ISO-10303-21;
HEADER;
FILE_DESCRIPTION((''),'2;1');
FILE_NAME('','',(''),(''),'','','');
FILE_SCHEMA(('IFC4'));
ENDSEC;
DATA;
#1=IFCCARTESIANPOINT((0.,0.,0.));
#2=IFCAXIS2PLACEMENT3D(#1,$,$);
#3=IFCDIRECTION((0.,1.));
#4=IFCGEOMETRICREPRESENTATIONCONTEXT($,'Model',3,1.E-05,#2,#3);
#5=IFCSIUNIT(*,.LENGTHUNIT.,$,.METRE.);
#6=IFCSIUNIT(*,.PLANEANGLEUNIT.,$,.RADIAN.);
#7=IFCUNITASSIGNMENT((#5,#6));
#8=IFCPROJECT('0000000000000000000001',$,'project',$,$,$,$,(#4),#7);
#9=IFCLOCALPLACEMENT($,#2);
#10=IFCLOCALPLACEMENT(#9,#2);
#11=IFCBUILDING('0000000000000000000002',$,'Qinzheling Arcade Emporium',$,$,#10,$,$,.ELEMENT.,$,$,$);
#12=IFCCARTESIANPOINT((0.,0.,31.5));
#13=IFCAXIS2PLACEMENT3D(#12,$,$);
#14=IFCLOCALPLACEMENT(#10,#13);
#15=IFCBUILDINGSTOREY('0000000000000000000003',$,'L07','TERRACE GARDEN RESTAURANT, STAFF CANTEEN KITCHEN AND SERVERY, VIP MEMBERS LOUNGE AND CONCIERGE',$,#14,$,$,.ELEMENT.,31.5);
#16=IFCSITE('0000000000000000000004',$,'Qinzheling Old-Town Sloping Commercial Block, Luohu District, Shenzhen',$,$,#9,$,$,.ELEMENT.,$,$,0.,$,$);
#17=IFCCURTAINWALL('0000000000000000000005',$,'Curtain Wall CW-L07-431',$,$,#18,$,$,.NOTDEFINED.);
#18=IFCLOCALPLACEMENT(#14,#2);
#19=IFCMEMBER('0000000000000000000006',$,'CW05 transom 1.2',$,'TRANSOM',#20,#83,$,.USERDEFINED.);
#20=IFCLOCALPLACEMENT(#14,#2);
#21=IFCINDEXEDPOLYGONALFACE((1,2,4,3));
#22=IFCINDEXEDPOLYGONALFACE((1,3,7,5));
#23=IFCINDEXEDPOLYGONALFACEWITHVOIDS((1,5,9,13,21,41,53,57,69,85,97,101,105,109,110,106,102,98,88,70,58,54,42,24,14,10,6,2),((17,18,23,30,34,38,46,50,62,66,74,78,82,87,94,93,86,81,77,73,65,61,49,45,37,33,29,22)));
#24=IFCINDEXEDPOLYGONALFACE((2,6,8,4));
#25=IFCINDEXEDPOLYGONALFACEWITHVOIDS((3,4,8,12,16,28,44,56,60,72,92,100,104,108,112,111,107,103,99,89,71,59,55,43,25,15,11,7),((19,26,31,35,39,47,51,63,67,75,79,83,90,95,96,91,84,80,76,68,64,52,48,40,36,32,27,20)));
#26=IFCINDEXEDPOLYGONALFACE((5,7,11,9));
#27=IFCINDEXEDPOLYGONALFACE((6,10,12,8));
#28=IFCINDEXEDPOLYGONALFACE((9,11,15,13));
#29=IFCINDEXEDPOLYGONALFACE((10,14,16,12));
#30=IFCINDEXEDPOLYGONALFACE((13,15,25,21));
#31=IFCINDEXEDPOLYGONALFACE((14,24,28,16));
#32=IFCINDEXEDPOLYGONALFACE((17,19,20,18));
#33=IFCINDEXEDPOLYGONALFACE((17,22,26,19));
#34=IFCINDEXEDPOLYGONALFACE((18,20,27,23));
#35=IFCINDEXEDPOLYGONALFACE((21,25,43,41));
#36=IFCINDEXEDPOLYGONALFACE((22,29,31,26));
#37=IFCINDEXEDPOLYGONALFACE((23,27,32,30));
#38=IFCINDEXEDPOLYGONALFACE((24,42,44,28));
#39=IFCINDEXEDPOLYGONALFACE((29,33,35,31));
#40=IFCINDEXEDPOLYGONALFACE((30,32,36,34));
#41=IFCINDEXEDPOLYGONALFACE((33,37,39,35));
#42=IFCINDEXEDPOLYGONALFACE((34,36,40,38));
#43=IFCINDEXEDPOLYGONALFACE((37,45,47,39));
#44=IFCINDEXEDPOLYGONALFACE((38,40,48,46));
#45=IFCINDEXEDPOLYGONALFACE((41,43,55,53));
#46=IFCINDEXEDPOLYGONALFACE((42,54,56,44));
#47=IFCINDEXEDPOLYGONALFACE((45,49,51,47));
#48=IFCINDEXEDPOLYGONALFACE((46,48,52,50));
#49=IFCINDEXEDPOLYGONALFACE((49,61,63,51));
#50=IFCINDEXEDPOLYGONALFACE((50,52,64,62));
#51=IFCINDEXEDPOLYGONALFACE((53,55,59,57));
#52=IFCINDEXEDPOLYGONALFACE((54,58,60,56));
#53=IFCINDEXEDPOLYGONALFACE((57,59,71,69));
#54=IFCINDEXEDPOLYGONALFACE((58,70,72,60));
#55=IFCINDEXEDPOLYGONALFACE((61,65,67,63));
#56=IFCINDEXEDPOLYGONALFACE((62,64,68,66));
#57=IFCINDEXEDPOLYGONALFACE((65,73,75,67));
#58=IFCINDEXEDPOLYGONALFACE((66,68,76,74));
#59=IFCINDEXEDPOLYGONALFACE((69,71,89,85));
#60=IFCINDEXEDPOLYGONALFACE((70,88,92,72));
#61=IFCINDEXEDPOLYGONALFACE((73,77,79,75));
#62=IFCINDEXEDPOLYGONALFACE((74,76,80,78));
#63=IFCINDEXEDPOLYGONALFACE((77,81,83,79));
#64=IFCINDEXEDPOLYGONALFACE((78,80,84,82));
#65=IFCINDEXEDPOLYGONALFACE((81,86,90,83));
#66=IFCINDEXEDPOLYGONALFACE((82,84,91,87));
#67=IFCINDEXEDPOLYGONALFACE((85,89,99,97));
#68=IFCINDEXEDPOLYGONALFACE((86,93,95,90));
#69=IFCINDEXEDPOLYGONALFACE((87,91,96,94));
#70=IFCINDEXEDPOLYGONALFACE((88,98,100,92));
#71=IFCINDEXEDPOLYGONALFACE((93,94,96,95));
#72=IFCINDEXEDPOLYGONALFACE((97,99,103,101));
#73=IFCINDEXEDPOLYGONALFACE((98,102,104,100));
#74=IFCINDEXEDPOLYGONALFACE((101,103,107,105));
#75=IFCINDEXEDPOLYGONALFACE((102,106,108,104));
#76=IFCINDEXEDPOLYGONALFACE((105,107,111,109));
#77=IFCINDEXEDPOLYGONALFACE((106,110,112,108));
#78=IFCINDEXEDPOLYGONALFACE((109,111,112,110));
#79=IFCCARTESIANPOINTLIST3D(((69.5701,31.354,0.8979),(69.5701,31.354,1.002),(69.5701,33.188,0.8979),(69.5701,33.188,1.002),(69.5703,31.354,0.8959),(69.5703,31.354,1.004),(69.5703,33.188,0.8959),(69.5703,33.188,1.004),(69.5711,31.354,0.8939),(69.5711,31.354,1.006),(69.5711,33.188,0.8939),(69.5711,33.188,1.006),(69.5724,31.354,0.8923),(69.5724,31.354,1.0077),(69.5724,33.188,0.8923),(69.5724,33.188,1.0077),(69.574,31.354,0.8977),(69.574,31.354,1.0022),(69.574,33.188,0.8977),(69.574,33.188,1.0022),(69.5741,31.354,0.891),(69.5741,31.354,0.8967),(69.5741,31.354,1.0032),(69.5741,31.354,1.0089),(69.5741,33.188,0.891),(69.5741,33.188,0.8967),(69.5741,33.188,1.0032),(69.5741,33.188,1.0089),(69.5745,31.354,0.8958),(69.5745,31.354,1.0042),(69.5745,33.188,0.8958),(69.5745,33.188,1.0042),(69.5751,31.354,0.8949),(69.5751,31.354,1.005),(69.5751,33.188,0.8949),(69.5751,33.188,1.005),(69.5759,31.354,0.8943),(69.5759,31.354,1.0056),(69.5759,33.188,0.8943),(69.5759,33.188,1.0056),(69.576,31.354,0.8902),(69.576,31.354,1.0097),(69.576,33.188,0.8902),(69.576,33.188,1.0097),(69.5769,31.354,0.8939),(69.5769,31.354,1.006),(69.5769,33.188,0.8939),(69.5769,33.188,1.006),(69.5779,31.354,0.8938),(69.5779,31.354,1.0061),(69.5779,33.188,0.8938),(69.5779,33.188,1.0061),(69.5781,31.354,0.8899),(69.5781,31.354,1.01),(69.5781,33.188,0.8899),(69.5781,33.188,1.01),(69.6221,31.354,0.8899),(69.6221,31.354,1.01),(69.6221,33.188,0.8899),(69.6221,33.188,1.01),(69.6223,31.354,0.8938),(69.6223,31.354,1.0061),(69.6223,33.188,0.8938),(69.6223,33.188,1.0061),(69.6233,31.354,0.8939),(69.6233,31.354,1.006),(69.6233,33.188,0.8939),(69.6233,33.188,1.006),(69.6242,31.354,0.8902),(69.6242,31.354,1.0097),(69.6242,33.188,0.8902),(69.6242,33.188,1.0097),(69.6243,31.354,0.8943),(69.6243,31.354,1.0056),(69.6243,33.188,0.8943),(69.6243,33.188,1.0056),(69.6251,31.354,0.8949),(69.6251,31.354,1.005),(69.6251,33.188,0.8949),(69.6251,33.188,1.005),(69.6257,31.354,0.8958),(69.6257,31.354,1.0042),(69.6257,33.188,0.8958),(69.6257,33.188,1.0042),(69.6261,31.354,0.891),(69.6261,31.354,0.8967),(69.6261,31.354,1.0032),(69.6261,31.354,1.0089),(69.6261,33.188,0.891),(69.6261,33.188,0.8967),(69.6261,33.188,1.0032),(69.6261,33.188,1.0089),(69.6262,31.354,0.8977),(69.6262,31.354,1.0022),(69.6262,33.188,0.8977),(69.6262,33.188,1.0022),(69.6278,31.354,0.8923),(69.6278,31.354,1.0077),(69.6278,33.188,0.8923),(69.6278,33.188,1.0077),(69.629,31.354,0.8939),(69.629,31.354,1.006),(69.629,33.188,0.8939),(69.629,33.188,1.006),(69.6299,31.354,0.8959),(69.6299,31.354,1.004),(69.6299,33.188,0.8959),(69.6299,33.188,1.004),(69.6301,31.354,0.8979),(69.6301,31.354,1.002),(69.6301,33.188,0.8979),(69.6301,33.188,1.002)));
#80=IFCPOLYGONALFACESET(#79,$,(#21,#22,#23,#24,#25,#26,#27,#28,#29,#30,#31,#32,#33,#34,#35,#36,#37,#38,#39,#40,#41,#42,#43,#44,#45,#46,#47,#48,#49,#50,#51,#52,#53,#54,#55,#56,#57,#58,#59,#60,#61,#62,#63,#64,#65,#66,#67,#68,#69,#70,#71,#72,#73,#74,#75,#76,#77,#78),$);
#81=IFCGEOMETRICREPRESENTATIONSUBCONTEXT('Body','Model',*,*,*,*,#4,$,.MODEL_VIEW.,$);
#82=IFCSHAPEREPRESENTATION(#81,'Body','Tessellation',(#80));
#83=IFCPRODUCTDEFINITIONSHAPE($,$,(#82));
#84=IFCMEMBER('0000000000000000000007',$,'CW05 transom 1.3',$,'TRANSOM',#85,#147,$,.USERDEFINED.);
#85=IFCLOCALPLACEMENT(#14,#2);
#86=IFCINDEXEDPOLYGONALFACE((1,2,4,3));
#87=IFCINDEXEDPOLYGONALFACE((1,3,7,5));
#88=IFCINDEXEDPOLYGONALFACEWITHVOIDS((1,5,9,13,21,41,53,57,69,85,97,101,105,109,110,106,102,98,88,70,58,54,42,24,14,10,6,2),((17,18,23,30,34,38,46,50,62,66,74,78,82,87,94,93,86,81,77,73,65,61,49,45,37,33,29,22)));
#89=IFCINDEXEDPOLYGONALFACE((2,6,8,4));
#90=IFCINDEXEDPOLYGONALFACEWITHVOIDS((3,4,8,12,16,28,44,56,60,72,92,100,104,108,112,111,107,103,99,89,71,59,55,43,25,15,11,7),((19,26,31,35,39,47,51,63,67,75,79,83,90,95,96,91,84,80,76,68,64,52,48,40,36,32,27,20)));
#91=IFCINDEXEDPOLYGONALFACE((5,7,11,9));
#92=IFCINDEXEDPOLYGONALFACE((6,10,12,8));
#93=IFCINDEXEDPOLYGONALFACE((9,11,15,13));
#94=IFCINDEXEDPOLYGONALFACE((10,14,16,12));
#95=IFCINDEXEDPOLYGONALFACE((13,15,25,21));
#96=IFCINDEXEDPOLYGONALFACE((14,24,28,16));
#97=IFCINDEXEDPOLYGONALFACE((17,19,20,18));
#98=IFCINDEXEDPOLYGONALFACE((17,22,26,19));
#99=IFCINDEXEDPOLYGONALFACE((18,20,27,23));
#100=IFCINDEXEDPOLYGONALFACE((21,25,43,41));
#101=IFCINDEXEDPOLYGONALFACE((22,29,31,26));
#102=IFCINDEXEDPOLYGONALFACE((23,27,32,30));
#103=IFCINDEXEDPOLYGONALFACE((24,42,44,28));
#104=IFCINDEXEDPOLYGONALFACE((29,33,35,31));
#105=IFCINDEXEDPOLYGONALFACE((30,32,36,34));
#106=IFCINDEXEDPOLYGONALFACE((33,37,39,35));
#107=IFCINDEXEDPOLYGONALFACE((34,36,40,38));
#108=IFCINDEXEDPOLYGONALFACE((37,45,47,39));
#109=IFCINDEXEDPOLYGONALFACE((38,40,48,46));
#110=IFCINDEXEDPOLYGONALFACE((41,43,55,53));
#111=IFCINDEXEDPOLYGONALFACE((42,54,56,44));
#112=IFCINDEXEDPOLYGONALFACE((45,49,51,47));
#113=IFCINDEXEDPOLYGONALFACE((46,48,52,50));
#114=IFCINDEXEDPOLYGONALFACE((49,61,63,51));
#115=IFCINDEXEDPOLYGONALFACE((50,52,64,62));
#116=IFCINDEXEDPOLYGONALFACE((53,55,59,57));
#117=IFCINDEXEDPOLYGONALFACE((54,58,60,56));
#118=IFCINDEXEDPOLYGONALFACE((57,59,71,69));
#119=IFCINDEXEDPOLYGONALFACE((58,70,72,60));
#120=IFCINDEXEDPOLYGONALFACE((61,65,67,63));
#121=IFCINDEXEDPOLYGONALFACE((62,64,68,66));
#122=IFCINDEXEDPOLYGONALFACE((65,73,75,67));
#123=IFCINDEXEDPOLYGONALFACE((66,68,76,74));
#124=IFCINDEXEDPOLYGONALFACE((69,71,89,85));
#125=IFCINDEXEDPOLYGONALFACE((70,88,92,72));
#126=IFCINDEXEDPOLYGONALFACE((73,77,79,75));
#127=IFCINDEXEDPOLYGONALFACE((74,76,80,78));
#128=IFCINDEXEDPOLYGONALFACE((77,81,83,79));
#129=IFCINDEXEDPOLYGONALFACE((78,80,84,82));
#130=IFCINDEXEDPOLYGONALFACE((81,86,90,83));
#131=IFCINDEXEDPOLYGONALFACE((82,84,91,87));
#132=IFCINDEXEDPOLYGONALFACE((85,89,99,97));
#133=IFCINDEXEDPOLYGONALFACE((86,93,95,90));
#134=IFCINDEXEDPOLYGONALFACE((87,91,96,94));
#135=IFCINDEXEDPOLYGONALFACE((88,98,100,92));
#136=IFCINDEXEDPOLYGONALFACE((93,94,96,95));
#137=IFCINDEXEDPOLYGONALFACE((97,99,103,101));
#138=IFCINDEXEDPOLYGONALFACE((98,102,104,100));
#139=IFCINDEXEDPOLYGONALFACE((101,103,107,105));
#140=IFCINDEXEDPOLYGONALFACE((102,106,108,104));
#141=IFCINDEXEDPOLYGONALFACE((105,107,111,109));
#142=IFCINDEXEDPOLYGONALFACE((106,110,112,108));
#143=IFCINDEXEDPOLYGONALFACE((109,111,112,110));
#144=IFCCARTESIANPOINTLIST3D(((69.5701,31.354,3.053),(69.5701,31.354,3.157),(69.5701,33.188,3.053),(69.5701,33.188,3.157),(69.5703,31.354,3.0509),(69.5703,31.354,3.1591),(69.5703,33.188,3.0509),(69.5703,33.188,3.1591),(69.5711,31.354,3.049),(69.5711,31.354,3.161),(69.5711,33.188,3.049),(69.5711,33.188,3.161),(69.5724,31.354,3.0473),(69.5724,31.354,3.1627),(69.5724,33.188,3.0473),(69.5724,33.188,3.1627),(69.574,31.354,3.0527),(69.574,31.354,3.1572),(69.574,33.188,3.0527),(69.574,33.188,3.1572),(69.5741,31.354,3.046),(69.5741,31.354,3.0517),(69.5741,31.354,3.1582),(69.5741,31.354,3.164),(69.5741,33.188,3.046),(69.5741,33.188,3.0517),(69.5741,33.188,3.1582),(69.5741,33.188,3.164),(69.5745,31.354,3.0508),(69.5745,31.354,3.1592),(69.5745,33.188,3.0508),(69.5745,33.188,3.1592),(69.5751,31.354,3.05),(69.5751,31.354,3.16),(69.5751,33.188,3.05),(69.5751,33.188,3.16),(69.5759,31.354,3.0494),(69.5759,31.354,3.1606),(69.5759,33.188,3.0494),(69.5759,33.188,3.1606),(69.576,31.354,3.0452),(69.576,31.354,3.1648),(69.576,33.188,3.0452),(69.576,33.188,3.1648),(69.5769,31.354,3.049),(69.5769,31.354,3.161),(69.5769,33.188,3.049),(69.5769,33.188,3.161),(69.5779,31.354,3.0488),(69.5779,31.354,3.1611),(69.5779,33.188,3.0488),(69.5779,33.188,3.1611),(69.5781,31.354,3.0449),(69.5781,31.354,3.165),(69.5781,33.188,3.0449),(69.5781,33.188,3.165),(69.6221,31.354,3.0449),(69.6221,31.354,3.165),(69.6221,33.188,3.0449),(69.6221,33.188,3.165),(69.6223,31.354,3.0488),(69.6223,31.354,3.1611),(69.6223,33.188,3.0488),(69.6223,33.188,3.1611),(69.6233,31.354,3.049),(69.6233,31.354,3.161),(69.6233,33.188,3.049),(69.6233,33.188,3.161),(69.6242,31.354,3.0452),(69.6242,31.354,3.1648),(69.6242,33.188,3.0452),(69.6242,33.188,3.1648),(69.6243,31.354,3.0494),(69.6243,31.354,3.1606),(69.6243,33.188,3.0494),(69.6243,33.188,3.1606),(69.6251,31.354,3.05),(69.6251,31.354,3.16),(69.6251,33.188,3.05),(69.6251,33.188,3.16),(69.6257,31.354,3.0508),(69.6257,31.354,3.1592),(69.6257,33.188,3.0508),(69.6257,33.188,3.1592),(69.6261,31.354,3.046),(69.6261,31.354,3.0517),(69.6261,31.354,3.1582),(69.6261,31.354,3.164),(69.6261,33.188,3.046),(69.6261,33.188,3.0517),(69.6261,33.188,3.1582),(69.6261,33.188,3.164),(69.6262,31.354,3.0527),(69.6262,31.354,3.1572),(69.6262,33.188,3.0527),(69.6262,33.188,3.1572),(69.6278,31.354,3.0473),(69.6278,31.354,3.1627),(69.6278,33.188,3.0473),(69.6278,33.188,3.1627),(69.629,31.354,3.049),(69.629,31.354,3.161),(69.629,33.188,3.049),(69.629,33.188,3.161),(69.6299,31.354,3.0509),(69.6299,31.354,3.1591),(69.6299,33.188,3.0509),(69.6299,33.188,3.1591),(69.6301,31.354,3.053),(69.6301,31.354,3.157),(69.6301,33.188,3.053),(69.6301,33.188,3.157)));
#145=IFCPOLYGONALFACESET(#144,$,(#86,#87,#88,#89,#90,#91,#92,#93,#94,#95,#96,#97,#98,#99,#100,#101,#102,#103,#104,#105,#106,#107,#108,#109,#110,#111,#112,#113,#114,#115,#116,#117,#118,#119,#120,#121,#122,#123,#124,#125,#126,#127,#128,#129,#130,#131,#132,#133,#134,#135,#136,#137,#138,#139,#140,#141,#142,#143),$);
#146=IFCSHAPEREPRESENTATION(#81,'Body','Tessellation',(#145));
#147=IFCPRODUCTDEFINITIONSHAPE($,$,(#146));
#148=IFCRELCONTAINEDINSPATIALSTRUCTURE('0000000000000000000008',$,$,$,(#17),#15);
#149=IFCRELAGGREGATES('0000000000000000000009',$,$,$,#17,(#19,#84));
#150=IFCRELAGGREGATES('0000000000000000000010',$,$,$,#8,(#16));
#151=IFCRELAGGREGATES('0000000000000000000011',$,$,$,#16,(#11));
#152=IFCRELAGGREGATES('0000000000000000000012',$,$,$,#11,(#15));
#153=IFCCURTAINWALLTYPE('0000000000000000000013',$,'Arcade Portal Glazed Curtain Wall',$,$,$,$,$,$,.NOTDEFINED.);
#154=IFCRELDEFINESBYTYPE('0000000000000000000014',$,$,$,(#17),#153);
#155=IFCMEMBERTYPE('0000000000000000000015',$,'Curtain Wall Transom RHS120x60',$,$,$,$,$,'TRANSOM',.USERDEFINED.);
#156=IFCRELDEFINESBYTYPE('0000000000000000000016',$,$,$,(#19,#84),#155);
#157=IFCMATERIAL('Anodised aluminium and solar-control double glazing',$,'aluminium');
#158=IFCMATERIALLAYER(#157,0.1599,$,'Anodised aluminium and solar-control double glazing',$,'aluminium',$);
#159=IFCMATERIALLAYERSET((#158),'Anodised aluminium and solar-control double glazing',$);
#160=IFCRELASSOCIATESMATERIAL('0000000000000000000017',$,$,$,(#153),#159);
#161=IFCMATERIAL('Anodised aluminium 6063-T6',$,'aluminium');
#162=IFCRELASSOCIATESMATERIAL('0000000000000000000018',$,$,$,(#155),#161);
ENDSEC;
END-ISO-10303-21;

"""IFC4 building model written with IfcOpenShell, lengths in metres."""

from ifc_helpers import new_model, si_unit, direction, frame, origin, origin_2d, place, context, subcontext, project, spatial, hollow_rectangle, extrude, material, layer, layer_set, material_profile, profile_set, type_object, element, aggregate, save


model = new_model("IFC4")

# Units and contexts
model_context = context("Model", 3, precision=1e-05, world=origin(), true_north=direction((0.0, 1.0)))
body_context = subcontext(model_context, "Body", "Model", "MODEL_VIEW")
ifc_project = project(units=[si_unit("LENGTHUNIT", "METRE"), si_unit("PLANEANGLEUNIT", "RADIAN")], contexts=[model_context])

# Site, building, storey
site_placement = place(None, origin())
site = spatial("IfcSite", under=ifc_project, at=site_placement, Name="Qinzheling Old-Town Sloping Commercial Block, Luohu District, Shenzhen", CompositionType="ELEMENT", RefElevation=0.0)
building_placement = place(site_placement, origin())
building = spatial("IfcBuilding", under=site, at=building_placement, Name="Qinzheling Arcade Emporium", CompositionType="ELEMENT")
storey_placement = place(building_placement, frame((0.0, 0.0, 31.5)))
storey = spatial("IfcBuildingStorey", under=building, at=storey_placement, Name="L07", Description="TERRACE GARDEN RESTAURANT, STAFF CANTEEN KITCHEN AND SERVERY, VIP MEMBERS LOUNGE AND CONCIERGE", CompositionType="ELEMENT", Elevation=31.5)

# Shared definitions
ifc_material_1 = material(Name="Anodised aluminium and solar-control double glazing", Category="aluminium")
ifc_material_2 = material(Name="Anodised aluminium 6063-T6", Category="aluminium")

# Curtain wall
ifc_layer_1 = layer(ifc_material_1, 0.1599, Name="Anodised aluminium and solar-control double glazing", Category="aluminium")
ifc_layer_set_1 = layer_set([ifc_layer_1], Name="Anodised aluminium and solar-control double glazing")
curtain_wall_type_1 = type_object("IfcCurtainWallType", Name="Arcade Portal Glazed Curtain Wall", PredefinedType="NOTDEFINED", material=ifc_layer_set_1)
curtain_wall_1_placement = place(storey_placement, origin())
curtain_wall_1 = element("IfcCurtainWall", 1, at=curtain_wall_1_placement, inside=storey, type_object=curtain_wall_type_1, Name="Curtain Wall CW-L07-431", PredefinedType="NOTDEFINED")

# Members
ifc_material_profile_1 = material_profile(ifc_material_2, hollow_rectangle(XDim=0.0601, YDim=0.1201, WallThickness=0.0039, InnerFilletRadius=0.0039, OuterFilletRadius=0.0081, at=origin_2d()), Name="RHS 120x60x4", Category="aluminium")
ifc_profile_set_1 = profile_set([ifc_material_profile_1], Name="Anodised aluminium 6063-T6")
member_type_1 = type_object("IfcMemberType", Name="Curtain Wall Transom RHS120x60", ElementType="TRANSOM", PredefinedType="USERDEFINED", material=ifc_profile_set_1)
member_1_placement = place(storey_placement, frame((69.6001, 33.188, 0.95), z_axis=(0.0, -1.0, 0.0), x_axis=(1.0, 0.0, 0.0)))
member_1 = element("IfcMember", 2, at=member_1_placement, type_object=member_type_1, Name="CW05 transom 1.2", ObjectType="TRANSOM", PredefinedType="USERDEFINED", context=body_context, shape_type="SweptSolid", body=[
    extrude(hollow_rectangle(XDim=0.0601, YDim=0.1201, WallThickness=0.0039, InnerFilletRadius=0.0039, OuterFilletRadius=0.0081, at=origin_2d()), origin(), (0.0, 0.0, 1.0), 1.834),
])
member_2_placement = place(storey_placement, frame((69.6001, 33.188, 3.105), z_axis=(0.0, -1.0, 0.0), x_axis=(1.0, 0.0, 0.0)))
member_2 = element("IfcMember", 3, at=member_2_placement, type_object=member_type_1, Name="CW05 transom 1.3", ObjectType="TRANSOM", PredefinedType="USERDEFINED", context=body_context, shape_type="SweptSolid", body=[
    extrude(hollow_rectangle(XDim=0.0601, YDim=0.1201, WallThickness=0.0039, InnerFilletRadius=0.0039, OuterFilletRadius=0.0081, at=origin_2d()), origin(), (0.0, 0.0, 1.0), 1.834),
])

aggregate(curtain_wall_1, [member_1, member_2])

save(model, "model.ifc")
